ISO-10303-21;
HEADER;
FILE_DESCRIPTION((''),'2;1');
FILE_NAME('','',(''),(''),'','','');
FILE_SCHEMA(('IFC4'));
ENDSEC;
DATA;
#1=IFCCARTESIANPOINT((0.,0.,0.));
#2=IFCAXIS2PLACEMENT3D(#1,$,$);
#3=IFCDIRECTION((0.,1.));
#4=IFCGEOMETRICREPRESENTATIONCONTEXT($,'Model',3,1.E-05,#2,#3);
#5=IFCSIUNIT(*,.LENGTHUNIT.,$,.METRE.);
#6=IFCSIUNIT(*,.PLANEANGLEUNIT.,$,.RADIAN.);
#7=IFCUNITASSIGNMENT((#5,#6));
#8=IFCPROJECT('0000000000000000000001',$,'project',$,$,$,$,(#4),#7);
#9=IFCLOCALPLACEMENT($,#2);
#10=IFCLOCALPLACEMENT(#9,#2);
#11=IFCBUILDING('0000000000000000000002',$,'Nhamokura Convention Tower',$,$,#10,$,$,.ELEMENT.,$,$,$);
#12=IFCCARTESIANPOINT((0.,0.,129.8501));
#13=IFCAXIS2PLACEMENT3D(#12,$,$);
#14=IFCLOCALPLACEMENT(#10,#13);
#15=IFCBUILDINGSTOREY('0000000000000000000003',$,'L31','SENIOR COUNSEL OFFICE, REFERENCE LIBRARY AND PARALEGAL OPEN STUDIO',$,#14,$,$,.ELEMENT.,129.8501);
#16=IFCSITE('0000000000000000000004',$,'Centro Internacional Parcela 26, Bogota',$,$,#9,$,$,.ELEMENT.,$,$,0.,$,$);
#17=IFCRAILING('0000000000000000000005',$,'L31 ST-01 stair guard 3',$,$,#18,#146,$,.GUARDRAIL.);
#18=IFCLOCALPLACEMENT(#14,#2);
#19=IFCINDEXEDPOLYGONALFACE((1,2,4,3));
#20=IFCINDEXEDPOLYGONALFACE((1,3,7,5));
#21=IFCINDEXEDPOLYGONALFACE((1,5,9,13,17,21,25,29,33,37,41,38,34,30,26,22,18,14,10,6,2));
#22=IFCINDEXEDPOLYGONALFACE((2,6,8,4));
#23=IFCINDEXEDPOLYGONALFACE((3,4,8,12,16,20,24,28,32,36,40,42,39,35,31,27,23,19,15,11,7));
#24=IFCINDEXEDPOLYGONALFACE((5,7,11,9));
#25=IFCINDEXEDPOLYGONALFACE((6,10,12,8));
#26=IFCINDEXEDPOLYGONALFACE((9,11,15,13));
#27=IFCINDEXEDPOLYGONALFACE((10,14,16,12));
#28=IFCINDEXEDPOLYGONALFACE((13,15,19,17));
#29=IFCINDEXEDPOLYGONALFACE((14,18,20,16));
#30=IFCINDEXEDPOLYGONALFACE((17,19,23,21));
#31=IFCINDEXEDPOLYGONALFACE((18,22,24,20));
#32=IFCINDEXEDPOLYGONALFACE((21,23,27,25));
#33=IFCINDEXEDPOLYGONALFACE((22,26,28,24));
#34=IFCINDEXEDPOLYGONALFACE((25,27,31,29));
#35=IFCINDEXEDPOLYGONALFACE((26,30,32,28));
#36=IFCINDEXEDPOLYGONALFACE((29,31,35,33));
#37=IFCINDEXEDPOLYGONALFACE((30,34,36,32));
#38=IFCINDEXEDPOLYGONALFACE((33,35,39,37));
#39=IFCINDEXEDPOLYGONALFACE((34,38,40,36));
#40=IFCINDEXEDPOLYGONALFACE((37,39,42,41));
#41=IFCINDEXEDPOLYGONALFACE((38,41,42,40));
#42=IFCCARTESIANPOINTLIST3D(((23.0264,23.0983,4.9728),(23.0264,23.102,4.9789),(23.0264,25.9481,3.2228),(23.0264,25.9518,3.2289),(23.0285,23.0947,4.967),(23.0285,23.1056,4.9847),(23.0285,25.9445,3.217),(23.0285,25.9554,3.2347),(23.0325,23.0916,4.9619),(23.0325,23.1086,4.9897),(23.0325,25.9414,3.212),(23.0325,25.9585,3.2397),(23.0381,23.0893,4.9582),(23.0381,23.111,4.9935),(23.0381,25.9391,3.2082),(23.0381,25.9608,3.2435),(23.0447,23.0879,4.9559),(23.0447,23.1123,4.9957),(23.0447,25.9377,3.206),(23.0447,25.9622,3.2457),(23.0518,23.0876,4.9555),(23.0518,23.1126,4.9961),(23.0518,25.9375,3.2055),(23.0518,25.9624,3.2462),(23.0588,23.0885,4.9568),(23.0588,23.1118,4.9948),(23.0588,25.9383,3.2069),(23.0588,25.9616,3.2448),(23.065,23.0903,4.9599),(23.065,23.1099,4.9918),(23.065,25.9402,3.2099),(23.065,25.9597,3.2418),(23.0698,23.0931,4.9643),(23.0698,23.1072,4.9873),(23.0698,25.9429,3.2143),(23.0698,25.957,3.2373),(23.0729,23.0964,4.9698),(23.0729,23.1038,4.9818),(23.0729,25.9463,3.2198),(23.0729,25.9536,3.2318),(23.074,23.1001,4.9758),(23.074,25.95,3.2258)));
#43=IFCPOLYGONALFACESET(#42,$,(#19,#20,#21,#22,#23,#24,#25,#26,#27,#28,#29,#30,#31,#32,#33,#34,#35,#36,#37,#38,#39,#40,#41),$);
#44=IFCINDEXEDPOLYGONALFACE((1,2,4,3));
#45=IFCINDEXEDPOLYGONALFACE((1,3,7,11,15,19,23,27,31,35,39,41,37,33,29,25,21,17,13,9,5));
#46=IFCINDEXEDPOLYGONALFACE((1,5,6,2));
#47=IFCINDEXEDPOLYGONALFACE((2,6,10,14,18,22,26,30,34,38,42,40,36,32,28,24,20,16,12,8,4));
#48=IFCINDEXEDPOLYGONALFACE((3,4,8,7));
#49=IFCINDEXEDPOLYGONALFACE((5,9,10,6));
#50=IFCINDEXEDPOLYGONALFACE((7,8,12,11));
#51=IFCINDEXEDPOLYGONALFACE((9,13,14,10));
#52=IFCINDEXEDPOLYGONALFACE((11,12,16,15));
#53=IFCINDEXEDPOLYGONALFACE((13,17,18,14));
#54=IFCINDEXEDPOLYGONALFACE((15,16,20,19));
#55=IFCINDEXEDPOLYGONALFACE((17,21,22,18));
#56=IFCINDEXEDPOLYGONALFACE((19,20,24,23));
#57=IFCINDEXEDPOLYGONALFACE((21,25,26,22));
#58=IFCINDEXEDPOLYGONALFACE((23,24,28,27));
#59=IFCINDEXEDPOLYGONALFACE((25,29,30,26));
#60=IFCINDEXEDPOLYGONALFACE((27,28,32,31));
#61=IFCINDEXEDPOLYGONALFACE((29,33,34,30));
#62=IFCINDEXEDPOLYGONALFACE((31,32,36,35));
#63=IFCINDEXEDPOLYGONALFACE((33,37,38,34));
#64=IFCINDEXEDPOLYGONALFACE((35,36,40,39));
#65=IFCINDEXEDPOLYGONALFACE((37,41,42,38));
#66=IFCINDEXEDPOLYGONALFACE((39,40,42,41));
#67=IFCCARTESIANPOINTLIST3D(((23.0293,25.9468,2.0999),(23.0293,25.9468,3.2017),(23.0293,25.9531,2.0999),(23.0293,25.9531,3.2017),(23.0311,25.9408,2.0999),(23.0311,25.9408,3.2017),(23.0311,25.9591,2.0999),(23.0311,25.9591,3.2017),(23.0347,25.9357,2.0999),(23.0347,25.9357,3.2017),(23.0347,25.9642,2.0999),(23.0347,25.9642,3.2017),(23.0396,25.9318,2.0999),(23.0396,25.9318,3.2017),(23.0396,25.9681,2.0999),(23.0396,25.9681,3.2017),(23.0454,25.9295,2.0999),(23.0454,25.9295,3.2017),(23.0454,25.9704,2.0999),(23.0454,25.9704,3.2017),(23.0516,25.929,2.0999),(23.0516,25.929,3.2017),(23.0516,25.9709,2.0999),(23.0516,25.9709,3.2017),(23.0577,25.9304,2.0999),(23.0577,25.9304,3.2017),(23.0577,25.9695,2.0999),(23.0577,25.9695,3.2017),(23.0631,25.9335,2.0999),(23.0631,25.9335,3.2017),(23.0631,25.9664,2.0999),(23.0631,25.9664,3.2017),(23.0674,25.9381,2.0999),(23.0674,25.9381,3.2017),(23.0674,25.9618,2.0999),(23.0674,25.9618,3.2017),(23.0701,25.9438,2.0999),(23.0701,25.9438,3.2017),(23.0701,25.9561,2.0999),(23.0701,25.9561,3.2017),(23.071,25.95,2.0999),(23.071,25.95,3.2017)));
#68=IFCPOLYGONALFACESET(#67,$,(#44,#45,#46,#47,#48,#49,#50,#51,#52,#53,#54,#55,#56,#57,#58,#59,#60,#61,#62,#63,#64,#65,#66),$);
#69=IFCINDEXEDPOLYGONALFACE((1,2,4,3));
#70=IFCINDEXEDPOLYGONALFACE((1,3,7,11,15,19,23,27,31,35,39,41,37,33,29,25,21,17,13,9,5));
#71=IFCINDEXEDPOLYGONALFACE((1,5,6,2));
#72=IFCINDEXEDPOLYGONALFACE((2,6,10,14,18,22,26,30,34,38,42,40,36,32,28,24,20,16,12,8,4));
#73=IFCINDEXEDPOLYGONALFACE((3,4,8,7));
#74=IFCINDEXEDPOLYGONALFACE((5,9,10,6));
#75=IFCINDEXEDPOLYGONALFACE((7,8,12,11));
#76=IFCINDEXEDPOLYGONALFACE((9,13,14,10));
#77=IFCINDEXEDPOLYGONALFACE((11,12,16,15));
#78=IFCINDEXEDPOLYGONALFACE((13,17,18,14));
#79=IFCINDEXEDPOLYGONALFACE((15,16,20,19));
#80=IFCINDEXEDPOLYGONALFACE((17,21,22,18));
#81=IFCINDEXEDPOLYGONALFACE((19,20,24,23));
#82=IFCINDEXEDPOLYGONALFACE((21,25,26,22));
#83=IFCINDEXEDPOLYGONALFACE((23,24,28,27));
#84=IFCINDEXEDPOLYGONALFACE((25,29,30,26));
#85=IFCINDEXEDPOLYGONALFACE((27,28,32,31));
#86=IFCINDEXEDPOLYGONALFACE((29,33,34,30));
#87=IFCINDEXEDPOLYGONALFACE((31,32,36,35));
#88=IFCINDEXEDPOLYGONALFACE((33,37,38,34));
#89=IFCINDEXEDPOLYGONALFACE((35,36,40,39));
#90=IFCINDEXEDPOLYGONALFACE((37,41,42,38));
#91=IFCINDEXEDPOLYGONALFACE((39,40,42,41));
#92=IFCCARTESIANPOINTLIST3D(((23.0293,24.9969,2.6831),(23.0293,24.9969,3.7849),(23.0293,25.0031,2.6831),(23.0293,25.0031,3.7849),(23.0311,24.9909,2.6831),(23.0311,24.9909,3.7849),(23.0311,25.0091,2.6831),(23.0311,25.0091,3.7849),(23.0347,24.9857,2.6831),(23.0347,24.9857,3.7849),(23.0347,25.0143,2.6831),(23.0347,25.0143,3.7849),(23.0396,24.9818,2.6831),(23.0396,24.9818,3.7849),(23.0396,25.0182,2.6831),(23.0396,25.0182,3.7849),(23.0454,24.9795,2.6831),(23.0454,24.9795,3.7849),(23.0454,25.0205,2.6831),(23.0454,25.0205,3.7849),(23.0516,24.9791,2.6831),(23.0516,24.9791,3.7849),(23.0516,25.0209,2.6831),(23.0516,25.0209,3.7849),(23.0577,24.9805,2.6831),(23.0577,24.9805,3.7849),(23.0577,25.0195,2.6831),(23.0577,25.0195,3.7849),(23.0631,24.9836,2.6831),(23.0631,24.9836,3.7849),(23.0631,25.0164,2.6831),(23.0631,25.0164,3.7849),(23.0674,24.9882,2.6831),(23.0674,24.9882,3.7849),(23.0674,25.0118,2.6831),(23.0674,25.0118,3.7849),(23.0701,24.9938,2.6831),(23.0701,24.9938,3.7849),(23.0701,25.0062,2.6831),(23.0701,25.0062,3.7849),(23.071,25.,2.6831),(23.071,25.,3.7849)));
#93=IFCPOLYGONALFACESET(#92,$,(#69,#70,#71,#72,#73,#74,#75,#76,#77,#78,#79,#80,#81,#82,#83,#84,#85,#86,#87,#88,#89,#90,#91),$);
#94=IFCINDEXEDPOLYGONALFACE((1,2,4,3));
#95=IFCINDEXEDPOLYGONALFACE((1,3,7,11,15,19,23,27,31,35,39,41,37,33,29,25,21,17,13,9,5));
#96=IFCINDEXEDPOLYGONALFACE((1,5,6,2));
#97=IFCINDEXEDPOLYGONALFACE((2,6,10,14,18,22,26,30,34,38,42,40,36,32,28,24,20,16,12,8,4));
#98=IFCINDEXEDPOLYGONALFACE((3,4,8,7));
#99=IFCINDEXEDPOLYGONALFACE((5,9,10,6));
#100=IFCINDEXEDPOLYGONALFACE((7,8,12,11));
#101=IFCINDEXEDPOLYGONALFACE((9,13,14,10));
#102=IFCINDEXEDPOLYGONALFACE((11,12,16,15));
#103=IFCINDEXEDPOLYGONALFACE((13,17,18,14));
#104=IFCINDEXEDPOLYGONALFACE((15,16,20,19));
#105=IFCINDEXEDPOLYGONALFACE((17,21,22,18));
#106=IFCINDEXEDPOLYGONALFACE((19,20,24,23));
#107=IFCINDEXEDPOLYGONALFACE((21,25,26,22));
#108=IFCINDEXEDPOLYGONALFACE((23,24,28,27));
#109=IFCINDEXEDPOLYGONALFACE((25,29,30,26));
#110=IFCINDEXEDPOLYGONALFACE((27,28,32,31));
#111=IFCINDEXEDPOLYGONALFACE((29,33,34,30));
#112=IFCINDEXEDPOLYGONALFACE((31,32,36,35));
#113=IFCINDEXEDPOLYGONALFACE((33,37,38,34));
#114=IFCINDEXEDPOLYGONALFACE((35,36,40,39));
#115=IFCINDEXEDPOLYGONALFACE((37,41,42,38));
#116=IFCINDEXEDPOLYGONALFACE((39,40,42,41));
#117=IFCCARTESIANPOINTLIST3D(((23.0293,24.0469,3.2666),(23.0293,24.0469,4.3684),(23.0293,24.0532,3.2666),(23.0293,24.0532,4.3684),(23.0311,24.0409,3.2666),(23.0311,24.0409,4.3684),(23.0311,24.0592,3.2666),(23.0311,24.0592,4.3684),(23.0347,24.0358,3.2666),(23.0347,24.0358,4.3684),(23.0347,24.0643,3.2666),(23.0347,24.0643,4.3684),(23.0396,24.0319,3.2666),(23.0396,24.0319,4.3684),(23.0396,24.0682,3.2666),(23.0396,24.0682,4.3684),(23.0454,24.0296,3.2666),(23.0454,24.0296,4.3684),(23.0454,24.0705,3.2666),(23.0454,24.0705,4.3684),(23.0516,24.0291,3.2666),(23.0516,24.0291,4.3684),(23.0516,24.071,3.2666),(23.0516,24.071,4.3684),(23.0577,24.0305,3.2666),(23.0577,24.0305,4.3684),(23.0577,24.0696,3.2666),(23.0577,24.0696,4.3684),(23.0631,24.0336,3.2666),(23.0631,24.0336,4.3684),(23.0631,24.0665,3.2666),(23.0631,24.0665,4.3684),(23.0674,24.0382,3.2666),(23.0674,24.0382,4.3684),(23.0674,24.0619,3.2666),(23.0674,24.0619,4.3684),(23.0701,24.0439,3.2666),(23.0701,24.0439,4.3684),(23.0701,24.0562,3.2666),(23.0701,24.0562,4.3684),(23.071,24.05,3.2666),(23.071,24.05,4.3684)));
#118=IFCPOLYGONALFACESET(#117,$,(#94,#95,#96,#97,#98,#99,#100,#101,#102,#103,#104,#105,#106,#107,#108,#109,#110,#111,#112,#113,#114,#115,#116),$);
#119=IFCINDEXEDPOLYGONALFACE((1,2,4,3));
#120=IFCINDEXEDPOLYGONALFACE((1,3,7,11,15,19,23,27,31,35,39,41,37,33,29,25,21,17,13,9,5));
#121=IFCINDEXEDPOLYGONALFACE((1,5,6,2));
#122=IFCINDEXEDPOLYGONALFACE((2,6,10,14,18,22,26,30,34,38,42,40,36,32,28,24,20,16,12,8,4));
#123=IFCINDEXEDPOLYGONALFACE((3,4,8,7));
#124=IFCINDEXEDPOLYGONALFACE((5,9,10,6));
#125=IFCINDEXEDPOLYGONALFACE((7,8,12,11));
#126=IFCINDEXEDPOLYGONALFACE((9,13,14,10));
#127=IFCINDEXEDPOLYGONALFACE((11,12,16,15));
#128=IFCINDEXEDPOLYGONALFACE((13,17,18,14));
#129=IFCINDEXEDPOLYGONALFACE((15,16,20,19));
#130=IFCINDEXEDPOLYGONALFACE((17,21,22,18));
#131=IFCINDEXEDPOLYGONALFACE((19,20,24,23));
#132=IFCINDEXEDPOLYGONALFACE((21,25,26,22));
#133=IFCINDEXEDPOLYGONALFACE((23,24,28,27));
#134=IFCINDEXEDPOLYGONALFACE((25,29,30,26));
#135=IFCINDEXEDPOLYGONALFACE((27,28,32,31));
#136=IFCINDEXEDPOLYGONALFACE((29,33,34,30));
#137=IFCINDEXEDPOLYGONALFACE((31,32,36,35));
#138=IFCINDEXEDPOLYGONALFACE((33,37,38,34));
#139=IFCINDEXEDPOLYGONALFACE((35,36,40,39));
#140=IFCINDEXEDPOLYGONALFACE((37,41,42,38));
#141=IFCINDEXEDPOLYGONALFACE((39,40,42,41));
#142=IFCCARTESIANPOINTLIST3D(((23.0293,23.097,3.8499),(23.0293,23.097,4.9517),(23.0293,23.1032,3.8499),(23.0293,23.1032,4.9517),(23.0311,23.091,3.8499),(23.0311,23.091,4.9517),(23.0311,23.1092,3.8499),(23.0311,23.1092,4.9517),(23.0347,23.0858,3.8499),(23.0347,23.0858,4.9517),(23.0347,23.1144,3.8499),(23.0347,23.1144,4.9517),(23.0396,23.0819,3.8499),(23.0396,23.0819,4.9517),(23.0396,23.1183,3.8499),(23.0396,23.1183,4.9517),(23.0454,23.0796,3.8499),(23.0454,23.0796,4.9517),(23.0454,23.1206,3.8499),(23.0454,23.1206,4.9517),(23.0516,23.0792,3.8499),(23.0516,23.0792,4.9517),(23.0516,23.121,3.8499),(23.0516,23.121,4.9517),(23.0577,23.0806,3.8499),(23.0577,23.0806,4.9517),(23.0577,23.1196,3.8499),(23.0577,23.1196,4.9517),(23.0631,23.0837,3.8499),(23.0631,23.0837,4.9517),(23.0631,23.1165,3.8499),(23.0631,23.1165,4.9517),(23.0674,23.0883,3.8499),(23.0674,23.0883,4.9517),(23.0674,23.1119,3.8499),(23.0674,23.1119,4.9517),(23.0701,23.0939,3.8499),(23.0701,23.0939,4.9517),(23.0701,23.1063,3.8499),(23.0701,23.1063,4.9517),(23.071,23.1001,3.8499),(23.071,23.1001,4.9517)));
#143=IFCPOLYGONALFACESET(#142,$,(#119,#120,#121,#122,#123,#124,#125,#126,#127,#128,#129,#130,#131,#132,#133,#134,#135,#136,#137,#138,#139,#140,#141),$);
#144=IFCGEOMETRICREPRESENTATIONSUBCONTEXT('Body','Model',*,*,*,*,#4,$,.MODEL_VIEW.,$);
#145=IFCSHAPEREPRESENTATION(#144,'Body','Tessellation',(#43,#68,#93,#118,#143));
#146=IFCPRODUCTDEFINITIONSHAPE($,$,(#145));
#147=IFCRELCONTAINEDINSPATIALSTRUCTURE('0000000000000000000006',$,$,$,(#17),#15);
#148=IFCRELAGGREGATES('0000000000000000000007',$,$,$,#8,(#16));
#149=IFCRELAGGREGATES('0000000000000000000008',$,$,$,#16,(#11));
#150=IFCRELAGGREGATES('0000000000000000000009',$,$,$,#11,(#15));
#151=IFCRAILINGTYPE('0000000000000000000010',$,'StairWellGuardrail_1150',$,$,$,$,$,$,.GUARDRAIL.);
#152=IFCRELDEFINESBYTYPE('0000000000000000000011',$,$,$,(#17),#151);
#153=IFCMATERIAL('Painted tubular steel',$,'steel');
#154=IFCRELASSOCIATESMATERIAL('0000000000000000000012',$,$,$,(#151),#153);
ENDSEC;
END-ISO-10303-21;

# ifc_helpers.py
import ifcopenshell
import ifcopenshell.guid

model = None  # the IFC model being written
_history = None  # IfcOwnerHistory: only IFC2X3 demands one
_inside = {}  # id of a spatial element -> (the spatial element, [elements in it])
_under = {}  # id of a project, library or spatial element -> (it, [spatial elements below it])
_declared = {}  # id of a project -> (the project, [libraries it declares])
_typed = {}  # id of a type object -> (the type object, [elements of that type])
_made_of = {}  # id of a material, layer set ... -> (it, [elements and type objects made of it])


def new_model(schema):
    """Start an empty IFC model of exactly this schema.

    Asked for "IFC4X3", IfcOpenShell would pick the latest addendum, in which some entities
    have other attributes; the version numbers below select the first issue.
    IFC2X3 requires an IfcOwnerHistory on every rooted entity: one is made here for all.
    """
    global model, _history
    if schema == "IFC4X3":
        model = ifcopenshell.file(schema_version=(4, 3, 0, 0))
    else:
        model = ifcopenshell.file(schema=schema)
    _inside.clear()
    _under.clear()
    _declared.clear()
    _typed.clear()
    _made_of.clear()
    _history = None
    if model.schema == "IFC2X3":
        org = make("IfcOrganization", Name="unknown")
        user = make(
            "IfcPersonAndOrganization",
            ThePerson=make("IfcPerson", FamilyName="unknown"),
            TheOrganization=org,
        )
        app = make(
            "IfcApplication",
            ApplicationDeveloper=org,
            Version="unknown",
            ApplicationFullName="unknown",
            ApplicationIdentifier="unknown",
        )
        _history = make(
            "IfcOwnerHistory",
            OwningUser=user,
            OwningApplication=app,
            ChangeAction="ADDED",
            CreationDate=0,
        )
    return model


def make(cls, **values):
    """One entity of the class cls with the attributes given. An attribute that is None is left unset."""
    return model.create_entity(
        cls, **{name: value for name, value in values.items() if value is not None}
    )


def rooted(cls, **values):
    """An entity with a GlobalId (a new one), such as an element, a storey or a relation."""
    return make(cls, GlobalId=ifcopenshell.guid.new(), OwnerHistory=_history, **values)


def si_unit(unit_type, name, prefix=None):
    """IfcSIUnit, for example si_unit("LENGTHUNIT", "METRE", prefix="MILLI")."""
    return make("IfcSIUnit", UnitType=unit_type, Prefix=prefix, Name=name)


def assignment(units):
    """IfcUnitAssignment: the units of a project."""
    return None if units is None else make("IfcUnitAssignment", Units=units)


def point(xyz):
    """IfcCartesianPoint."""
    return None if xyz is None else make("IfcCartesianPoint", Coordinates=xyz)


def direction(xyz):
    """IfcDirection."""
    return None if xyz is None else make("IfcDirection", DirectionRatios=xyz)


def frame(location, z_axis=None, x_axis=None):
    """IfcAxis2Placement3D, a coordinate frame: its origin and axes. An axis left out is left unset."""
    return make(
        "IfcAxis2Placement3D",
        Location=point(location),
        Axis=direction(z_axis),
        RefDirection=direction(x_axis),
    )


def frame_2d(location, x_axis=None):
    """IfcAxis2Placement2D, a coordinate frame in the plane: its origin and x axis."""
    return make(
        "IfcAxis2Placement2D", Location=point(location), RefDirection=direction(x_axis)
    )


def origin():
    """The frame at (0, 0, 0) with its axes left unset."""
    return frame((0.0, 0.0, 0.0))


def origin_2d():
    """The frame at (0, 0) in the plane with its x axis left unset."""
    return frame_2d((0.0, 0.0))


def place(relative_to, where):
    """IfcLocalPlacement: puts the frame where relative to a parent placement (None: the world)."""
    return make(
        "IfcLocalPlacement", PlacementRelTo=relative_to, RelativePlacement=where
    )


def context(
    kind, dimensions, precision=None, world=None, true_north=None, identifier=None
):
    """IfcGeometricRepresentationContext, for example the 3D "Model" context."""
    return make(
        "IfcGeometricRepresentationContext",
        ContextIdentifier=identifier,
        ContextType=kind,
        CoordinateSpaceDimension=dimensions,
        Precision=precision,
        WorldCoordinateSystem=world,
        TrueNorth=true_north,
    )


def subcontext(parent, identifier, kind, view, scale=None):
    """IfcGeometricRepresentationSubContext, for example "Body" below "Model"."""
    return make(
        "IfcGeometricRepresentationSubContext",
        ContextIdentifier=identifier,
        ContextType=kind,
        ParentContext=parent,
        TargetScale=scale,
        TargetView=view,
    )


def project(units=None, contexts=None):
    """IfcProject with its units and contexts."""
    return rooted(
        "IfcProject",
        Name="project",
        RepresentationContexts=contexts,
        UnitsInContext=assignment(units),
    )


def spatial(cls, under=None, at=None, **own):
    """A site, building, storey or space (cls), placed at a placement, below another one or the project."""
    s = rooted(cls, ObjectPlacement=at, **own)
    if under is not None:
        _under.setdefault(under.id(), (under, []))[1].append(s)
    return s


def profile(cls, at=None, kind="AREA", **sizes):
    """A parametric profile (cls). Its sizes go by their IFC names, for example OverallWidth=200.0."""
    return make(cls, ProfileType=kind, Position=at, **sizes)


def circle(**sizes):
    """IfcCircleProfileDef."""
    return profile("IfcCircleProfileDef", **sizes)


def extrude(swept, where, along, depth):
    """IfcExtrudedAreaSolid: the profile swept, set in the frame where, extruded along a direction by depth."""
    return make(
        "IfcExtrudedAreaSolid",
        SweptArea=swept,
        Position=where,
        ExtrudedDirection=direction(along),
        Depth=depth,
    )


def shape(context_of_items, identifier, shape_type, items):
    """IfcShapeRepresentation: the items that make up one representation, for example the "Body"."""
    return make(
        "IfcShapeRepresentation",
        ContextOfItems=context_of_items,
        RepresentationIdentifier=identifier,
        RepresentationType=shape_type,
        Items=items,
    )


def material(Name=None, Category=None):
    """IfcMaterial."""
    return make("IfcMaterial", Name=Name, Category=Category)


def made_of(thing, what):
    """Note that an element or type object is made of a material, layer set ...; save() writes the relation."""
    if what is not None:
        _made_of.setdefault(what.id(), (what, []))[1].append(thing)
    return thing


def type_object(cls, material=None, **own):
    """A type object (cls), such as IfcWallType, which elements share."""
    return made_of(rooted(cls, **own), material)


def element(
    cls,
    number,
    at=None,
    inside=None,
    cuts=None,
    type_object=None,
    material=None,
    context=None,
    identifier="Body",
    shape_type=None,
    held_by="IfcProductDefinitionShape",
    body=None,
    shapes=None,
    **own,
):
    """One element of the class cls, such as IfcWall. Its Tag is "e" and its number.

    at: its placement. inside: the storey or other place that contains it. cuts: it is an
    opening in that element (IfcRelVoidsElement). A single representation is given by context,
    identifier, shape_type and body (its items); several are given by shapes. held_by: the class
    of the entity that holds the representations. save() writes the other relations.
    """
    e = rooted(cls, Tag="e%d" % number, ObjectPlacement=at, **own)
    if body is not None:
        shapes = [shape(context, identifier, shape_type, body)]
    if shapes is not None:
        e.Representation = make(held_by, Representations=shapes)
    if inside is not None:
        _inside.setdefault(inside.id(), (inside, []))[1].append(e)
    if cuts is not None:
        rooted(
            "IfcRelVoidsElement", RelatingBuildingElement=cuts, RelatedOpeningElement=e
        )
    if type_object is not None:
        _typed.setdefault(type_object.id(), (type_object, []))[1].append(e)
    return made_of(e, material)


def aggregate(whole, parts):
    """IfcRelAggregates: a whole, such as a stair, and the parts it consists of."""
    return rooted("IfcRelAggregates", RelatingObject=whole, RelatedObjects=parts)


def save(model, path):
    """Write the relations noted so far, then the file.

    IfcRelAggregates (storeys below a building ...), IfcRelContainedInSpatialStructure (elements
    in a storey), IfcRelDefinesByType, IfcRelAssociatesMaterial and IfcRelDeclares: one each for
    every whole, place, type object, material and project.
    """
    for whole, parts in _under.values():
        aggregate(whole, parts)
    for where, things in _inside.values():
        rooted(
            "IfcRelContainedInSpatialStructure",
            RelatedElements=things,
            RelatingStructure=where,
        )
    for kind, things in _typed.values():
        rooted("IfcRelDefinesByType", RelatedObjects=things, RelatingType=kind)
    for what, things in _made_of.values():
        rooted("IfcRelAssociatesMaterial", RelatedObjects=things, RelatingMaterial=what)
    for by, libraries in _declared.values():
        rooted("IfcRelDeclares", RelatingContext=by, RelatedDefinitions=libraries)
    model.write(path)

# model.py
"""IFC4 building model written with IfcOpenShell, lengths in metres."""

from ifc_helpers import new_model, si_unit, direction, frame, origin, origin_2d, place, context, subcontext, project, spatial, circle, extrude, material, type_object, element, save


model = new_model("IFC4")

# Units and contexts
model_context = context("Model", 3, precision=1e-05, world=origin(), true_north=direction((0.0, 1.0)))
body_context = subcontext(model_context, "Body", "Model", "MODEL_VIEW")
ifc_project = project(units=[si_unit("LENGTHUNIT", "METRE"), si_unit("PLANEANGLEUNIT", "RADIAN")], contexts=[model_context])

# Site, building, storey
site_placement = place(None, origin())
site = spatial("IfcSite", under=ifc_project, at=site_placement, Name="Centro Internacional Parcela 26, Bogota", CompositionType="ELEMENT", RefElevation=0.0)
building_placement = place(site_placement, origin())
building = spatial("IfcBuilding", under=site, at=building_placement, Name="Nhamokura Convention Tower", CompositionType="ELEMENT")
storey_placement = place(building_placement, frame((0.0, 0.0, 129.8501)))
storey = spatial("IfcBuildingStorey", under=building, at=storey_placement, Name="L31", Description="SENIOR COUNSEL OFFICE, REFERENCE LIBRARY AND PARALEGAL OPEN STUDIO", CompositionType="ELEMENT", Elevation=129.8501)

# Railing
ifc_material_1 = material(Name="Painted tubular steel", Category="steel")
railing_type_1 = type_object("IfcRailingType", Name="StairWellGuardrail_1150", PredefinedType="GUARDRAIL", material=ifc_material_1)
railing_1_placement = place(storey_placement, frame((23.05, 25.95, 2.0999)))
element("IfcRailing", 1, at=railing_1_placement, inside=storey, type_object=railing_type_1, Name="L31 ST-01 stair guard 3", PredefinedType="GUARDRAIL", context=body_context, shape_type="SweptSolid", body=[
    extrude(circle(Radius=0.0239, at=origin_2d()), frame((0.0, 0.0, 1.126), z_axis=(0.0, -0.852159, 0.523283), x_axis=(1.0, 0.0, 0.0)), (0.0, 0.0, 1.0), 3.3442),
    extrude(circle(Radius=0.021, at=origin_2d()), origin(), (0.0, 0.0, 1.0), 1.1018),
    extrude(circle(Radius=0.021, at=origin_2d()), frame((0.0, -0.95, 0.5833)), (0.0, 0.0, 1.0), 1.1018),
    extrude(circle(Radius=0.021, at=origin_2d()), frame((0.0, -1.8999, 1.1667)), (0.0, 0.0, 1.0), 1.1018),
    extrude(circle(Radius=0.021, at=origin_2d()), frame((0.0, -2.8499, 1.75)), (0.0, 0.0, 1.0), 1.1018),
])

save(model, "model.ifc")
